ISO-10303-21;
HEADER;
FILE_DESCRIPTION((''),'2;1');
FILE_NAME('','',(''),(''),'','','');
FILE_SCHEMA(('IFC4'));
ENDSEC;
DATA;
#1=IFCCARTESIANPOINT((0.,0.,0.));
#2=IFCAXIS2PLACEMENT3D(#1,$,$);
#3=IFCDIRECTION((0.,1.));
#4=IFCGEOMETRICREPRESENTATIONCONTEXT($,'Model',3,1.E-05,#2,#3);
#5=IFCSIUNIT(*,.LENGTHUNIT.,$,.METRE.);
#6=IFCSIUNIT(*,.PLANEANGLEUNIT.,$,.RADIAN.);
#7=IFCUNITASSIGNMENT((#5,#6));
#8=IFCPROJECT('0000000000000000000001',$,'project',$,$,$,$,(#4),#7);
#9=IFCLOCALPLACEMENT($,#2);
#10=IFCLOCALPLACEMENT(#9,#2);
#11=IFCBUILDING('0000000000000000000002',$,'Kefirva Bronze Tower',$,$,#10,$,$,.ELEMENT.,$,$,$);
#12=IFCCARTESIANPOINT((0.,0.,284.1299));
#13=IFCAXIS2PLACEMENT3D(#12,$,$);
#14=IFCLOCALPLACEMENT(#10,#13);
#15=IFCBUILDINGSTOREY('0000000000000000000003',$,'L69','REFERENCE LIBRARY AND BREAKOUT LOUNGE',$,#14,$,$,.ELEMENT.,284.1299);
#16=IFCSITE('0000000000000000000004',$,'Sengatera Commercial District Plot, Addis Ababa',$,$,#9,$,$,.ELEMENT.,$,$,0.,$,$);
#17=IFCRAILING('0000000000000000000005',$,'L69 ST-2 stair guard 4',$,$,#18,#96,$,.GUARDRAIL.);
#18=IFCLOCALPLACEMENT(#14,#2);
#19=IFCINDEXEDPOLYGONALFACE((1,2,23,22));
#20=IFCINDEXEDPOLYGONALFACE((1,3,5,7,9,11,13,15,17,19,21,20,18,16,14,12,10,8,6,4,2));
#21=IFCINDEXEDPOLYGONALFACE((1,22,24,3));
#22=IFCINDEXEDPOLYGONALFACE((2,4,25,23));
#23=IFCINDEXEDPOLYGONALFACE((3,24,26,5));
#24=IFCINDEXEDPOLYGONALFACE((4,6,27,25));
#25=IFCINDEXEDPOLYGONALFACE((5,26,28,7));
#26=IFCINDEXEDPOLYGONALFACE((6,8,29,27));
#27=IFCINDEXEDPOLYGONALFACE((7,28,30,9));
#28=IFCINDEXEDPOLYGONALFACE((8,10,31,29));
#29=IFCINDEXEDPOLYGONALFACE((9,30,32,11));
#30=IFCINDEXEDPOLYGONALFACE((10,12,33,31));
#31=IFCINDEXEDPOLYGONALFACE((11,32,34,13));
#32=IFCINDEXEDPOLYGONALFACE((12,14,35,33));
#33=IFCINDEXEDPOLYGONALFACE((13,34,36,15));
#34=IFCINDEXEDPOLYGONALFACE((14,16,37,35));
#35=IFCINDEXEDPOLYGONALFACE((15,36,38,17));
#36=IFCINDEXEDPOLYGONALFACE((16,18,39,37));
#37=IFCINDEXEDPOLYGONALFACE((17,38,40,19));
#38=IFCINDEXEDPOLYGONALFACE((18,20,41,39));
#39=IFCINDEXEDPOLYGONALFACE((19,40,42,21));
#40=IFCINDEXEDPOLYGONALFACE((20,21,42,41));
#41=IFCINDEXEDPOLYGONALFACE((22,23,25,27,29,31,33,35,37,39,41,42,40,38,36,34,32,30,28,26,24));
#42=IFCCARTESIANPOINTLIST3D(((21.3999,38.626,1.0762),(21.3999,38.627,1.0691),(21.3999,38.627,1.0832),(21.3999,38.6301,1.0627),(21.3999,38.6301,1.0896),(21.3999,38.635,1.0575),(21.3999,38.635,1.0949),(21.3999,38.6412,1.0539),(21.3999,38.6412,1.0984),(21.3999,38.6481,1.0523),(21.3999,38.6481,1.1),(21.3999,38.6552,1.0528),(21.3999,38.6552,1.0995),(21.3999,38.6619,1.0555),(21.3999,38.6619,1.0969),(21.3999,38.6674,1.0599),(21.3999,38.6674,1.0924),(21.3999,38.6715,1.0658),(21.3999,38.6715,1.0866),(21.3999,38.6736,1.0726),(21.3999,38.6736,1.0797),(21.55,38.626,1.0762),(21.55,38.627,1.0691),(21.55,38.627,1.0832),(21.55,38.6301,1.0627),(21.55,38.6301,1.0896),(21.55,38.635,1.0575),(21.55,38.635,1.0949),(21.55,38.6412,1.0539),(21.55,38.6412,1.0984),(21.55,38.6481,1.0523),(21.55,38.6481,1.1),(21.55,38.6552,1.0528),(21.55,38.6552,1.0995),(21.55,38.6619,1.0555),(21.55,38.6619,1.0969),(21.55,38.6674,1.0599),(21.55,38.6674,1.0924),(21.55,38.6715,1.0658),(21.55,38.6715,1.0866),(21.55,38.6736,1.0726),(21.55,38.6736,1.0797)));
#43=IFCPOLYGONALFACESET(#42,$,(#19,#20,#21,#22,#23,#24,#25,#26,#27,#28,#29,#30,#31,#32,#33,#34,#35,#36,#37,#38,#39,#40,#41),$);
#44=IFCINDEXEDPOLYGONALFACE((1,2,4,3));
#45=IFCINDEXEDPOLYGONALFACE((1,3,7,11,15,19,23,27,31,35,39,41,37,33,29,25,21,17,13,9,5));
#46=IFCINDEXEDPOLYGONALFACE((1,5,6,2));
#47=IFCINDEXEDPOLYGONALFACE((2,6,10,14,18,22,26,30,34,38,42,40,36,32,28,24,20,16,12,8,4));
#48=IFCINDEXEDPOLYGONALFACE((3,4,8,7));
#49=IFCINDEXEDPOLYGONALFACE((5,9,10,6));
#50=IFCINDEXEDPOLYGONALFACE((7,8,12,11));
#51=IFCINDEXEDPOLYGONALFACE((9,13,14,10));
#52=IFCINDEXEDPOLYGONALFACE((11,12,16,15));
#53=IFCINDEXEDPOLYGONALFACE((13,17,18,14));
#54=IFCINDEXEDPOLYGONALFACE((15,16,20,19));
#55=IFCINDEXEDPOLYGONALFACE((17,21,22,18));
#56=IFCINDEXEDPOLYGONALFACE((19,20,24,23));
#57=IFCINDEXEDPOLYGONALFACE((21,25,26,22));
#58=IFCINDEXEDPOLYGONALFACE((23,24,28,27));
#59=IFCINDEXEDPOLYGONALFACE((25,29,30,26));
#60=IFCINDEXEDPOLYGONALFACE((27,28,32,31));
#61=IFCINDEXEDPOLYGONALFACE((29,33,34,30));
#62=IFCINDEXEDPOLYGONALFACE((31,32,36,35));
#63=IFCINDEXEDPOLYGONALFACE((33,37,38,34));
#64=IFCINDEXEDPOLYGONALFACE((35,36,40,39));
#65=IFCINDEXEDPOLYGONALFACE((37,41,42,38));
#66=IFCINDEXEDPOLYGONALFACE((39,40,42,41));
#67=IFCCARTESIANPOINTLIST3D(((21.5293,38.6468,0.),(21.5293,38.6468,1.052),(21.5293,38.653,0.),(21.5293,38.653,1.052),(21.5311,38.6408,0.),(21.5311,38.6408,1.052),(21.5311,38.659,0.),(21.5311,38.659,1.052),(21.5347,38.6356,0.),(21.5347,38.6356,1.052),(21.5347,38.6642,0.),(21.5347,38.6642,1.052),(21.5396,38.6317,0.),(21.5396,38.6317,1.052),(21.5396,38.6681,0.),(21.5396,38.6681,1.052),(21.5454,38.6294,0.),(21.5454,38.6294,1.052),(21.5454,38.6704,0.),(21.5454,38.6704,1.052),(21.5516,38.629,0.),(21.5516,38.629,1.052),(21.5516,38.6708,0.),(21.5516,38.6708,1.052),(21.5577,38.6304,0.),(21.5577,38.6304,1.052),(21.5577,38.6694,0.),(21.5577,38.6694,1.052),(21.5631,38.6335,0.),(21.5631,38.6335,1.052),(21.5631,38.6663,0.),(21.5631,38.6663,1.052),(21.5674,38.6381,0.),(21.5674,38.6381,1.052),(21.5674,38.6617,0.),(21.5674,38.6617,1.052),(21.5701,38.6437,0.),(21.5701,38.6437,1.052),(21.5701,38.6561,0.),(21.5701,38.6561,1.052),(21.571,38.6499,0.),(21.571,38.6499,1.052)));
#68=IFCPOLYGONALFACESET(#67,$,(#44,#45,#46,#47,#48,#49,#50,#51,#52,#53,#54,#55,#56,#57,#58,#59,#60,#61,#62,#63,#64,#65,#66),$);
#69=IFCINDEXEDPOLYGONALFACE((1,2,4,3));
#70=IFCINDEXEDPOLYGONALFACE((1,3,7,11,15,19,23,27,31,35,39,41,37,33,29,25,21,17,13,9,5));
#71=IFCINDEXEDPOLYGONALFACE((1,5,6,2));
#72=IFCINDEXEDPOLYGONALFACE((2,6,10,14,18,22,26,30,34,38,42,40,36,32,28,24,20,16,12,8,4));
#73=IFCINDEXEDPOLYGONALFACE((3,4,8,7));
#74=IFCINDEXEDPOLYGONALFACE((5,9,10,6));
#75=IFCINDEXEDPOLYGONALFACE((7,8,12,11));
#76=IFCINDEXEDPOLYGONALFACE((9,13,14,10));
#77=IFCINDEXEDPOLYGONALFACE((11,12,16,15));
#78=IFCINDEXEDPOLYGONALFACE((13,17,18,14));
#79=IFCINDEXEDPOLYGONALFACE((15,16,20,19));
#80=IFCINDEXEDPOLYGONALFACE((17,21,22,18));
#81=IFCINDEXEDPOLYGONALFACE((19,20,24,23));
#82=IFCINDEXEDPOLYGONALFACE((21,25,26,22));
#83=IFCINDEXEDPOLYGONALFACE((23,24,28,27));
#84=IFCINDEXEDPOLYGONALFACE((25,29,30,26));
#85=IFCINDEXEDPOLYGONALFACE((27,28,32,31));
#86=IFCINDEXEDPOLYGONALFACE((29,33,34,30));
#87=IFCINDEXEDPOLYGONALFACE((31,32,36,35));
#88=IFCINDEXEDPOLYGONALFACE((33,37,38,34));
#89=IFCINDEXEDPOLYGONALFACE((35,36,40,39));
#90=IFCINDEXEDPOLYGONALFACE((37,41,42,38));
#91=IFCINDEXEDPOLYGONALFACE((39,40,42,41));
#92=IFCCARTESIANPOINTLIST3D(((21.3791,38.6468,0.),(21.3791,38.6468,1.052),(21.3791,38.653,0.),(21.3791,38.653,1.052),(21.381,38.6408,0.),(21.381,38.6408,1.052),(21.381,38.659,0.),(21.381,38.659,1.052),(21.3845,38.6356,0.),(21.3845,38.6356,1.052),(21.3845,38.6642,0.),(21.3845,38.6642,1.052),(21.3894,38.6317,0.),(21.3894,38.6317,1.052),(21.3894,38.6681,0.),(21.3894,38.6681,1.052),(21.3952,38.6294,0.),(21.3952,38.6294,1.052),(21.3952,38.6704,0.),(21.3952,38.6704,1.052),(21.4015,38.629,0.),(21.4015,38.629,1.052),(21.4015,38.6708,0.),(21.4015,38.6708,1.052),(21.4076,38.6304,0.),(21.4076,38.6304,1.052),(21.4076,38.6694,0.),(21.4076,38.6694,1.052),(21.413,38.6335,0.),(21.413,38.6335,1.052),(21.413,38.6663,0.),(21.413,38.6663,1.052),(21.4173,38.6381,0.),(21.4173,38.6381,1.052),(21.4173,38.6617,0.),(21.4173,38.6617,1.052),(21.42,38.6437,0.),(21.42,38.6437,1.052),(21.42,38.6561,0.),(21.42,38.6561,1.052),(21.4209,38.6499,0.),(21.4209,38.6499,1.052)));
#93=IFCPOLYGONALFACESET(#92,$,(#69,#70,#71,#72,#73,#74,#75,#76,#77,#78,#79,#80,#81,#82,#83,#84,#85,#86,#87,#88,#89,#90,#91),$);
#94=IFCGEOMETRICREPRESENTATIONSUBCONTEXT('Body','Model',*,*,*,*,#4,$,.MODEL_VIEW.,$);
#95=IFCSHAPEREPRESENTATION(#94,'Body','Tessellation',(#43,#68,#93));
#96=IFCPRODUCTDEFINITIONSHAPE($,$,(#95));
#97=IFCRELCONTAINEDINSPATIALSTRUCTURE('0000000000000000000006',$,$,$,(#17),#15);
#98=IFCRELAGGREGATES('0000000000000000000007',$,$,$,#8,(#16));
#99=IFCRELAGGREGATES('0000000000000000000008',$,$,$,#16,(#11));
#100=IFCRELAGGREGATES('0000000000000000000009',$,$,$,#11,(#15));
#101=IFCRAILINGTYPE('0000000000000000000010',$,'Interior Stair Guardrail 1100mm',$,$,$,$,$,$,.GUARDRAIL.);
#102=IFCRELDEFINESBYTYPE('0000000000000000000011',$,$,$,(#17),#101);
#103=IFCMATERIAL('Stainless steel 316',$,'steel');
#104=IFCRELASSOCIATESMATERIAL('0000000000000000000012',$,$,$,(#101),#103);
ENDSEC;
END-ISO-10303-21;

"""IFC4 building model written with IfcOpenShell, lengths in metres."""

from ifc_helpers import new_model, si_unit, direction, frame, origin, origin_2d, place, context, subcontext, project, spatial, circle, extrude, material, type_object, element, save


model = new_model("IFC4")

# Units and contexts
model_context = context("Model", 3, precision=1e-05, world=origin(), true_north=direction((0.0, 1.0)))
body_context = subcontext(model_context, "Body", "Model", "MODEL_VIEW")
ifc_project = project(units=[si_unit("LENGTHUNIT", "METRE"), si_unit("PLANEANGLEUNIT", "RADIAN")], contexts=[model_context])

# Site, building, storey
site_placement = place(None, origin())
site = spatial("IfcSite", under=ifc_project, at=site_placement, Name="Sengatera Commercial District Plot, Addis Ababa", CompositionType="ELEMENT", RefElevation=0.0)
building_placement = place(site_placement, origin())
building = spatial("IfcBuilding", under=site, at=building_placement, Name="Kefirva Bronze Tower", CompositionType="ELEMENT")
storey_placement = place(building_placement, frame((0.0, 0.0, 284.1299)))
storey = spatial("IfcBuildingStorey", under=building, at=storey_placement, Name="L69", Description="REFERENCE LIBRARY AND BREAKOUT LOUNGE", CompositionType="ELEMENT", Elevation=284.1299)

# Shared definitions
ifc_material_1 = material(Name="Stainless steel 316", Category="steel")

# Railing
railing_type_1 = type_object("IfcRailingType", Name="Interior Stair Guardrail 1100mm", PredefinedType="GUARDRAIL", material=ifc_material_1)
railing_1_placement = place(storey_placement, frame((21.55, 38.6499, 0.0)))
element("IfcRailing", 1, at=railing_1_placement, inside=storey, type_object=railing_type_1, Name="L69 ST-2 stair guard 4", PredefinedType="GUARDRAIL", context=body_context, shape_type="SweptSolid", body=[
    extrude(circle(Radius=0.0239, at=origin_2d()), frame((0.0, 0.0, 1.0762), z_axis=(-1.0, 0.0, 0.0), x_axis=(0.0, -1.0, 0.0)), (0.0, 0.0, 1.0), 0.1501),
    extrude(circle(Radius=0.021, at=origin_2d()), origin(), (0.0, 0.0, 1.0), 1.052),
    extrude(circle(Radius=0.021, at=origin_2d()), frame((-0.1501, 0.0, 0.0)), (0.0, 0.0, 1.0), 1.052),
])

save(model, "model.ifc")
